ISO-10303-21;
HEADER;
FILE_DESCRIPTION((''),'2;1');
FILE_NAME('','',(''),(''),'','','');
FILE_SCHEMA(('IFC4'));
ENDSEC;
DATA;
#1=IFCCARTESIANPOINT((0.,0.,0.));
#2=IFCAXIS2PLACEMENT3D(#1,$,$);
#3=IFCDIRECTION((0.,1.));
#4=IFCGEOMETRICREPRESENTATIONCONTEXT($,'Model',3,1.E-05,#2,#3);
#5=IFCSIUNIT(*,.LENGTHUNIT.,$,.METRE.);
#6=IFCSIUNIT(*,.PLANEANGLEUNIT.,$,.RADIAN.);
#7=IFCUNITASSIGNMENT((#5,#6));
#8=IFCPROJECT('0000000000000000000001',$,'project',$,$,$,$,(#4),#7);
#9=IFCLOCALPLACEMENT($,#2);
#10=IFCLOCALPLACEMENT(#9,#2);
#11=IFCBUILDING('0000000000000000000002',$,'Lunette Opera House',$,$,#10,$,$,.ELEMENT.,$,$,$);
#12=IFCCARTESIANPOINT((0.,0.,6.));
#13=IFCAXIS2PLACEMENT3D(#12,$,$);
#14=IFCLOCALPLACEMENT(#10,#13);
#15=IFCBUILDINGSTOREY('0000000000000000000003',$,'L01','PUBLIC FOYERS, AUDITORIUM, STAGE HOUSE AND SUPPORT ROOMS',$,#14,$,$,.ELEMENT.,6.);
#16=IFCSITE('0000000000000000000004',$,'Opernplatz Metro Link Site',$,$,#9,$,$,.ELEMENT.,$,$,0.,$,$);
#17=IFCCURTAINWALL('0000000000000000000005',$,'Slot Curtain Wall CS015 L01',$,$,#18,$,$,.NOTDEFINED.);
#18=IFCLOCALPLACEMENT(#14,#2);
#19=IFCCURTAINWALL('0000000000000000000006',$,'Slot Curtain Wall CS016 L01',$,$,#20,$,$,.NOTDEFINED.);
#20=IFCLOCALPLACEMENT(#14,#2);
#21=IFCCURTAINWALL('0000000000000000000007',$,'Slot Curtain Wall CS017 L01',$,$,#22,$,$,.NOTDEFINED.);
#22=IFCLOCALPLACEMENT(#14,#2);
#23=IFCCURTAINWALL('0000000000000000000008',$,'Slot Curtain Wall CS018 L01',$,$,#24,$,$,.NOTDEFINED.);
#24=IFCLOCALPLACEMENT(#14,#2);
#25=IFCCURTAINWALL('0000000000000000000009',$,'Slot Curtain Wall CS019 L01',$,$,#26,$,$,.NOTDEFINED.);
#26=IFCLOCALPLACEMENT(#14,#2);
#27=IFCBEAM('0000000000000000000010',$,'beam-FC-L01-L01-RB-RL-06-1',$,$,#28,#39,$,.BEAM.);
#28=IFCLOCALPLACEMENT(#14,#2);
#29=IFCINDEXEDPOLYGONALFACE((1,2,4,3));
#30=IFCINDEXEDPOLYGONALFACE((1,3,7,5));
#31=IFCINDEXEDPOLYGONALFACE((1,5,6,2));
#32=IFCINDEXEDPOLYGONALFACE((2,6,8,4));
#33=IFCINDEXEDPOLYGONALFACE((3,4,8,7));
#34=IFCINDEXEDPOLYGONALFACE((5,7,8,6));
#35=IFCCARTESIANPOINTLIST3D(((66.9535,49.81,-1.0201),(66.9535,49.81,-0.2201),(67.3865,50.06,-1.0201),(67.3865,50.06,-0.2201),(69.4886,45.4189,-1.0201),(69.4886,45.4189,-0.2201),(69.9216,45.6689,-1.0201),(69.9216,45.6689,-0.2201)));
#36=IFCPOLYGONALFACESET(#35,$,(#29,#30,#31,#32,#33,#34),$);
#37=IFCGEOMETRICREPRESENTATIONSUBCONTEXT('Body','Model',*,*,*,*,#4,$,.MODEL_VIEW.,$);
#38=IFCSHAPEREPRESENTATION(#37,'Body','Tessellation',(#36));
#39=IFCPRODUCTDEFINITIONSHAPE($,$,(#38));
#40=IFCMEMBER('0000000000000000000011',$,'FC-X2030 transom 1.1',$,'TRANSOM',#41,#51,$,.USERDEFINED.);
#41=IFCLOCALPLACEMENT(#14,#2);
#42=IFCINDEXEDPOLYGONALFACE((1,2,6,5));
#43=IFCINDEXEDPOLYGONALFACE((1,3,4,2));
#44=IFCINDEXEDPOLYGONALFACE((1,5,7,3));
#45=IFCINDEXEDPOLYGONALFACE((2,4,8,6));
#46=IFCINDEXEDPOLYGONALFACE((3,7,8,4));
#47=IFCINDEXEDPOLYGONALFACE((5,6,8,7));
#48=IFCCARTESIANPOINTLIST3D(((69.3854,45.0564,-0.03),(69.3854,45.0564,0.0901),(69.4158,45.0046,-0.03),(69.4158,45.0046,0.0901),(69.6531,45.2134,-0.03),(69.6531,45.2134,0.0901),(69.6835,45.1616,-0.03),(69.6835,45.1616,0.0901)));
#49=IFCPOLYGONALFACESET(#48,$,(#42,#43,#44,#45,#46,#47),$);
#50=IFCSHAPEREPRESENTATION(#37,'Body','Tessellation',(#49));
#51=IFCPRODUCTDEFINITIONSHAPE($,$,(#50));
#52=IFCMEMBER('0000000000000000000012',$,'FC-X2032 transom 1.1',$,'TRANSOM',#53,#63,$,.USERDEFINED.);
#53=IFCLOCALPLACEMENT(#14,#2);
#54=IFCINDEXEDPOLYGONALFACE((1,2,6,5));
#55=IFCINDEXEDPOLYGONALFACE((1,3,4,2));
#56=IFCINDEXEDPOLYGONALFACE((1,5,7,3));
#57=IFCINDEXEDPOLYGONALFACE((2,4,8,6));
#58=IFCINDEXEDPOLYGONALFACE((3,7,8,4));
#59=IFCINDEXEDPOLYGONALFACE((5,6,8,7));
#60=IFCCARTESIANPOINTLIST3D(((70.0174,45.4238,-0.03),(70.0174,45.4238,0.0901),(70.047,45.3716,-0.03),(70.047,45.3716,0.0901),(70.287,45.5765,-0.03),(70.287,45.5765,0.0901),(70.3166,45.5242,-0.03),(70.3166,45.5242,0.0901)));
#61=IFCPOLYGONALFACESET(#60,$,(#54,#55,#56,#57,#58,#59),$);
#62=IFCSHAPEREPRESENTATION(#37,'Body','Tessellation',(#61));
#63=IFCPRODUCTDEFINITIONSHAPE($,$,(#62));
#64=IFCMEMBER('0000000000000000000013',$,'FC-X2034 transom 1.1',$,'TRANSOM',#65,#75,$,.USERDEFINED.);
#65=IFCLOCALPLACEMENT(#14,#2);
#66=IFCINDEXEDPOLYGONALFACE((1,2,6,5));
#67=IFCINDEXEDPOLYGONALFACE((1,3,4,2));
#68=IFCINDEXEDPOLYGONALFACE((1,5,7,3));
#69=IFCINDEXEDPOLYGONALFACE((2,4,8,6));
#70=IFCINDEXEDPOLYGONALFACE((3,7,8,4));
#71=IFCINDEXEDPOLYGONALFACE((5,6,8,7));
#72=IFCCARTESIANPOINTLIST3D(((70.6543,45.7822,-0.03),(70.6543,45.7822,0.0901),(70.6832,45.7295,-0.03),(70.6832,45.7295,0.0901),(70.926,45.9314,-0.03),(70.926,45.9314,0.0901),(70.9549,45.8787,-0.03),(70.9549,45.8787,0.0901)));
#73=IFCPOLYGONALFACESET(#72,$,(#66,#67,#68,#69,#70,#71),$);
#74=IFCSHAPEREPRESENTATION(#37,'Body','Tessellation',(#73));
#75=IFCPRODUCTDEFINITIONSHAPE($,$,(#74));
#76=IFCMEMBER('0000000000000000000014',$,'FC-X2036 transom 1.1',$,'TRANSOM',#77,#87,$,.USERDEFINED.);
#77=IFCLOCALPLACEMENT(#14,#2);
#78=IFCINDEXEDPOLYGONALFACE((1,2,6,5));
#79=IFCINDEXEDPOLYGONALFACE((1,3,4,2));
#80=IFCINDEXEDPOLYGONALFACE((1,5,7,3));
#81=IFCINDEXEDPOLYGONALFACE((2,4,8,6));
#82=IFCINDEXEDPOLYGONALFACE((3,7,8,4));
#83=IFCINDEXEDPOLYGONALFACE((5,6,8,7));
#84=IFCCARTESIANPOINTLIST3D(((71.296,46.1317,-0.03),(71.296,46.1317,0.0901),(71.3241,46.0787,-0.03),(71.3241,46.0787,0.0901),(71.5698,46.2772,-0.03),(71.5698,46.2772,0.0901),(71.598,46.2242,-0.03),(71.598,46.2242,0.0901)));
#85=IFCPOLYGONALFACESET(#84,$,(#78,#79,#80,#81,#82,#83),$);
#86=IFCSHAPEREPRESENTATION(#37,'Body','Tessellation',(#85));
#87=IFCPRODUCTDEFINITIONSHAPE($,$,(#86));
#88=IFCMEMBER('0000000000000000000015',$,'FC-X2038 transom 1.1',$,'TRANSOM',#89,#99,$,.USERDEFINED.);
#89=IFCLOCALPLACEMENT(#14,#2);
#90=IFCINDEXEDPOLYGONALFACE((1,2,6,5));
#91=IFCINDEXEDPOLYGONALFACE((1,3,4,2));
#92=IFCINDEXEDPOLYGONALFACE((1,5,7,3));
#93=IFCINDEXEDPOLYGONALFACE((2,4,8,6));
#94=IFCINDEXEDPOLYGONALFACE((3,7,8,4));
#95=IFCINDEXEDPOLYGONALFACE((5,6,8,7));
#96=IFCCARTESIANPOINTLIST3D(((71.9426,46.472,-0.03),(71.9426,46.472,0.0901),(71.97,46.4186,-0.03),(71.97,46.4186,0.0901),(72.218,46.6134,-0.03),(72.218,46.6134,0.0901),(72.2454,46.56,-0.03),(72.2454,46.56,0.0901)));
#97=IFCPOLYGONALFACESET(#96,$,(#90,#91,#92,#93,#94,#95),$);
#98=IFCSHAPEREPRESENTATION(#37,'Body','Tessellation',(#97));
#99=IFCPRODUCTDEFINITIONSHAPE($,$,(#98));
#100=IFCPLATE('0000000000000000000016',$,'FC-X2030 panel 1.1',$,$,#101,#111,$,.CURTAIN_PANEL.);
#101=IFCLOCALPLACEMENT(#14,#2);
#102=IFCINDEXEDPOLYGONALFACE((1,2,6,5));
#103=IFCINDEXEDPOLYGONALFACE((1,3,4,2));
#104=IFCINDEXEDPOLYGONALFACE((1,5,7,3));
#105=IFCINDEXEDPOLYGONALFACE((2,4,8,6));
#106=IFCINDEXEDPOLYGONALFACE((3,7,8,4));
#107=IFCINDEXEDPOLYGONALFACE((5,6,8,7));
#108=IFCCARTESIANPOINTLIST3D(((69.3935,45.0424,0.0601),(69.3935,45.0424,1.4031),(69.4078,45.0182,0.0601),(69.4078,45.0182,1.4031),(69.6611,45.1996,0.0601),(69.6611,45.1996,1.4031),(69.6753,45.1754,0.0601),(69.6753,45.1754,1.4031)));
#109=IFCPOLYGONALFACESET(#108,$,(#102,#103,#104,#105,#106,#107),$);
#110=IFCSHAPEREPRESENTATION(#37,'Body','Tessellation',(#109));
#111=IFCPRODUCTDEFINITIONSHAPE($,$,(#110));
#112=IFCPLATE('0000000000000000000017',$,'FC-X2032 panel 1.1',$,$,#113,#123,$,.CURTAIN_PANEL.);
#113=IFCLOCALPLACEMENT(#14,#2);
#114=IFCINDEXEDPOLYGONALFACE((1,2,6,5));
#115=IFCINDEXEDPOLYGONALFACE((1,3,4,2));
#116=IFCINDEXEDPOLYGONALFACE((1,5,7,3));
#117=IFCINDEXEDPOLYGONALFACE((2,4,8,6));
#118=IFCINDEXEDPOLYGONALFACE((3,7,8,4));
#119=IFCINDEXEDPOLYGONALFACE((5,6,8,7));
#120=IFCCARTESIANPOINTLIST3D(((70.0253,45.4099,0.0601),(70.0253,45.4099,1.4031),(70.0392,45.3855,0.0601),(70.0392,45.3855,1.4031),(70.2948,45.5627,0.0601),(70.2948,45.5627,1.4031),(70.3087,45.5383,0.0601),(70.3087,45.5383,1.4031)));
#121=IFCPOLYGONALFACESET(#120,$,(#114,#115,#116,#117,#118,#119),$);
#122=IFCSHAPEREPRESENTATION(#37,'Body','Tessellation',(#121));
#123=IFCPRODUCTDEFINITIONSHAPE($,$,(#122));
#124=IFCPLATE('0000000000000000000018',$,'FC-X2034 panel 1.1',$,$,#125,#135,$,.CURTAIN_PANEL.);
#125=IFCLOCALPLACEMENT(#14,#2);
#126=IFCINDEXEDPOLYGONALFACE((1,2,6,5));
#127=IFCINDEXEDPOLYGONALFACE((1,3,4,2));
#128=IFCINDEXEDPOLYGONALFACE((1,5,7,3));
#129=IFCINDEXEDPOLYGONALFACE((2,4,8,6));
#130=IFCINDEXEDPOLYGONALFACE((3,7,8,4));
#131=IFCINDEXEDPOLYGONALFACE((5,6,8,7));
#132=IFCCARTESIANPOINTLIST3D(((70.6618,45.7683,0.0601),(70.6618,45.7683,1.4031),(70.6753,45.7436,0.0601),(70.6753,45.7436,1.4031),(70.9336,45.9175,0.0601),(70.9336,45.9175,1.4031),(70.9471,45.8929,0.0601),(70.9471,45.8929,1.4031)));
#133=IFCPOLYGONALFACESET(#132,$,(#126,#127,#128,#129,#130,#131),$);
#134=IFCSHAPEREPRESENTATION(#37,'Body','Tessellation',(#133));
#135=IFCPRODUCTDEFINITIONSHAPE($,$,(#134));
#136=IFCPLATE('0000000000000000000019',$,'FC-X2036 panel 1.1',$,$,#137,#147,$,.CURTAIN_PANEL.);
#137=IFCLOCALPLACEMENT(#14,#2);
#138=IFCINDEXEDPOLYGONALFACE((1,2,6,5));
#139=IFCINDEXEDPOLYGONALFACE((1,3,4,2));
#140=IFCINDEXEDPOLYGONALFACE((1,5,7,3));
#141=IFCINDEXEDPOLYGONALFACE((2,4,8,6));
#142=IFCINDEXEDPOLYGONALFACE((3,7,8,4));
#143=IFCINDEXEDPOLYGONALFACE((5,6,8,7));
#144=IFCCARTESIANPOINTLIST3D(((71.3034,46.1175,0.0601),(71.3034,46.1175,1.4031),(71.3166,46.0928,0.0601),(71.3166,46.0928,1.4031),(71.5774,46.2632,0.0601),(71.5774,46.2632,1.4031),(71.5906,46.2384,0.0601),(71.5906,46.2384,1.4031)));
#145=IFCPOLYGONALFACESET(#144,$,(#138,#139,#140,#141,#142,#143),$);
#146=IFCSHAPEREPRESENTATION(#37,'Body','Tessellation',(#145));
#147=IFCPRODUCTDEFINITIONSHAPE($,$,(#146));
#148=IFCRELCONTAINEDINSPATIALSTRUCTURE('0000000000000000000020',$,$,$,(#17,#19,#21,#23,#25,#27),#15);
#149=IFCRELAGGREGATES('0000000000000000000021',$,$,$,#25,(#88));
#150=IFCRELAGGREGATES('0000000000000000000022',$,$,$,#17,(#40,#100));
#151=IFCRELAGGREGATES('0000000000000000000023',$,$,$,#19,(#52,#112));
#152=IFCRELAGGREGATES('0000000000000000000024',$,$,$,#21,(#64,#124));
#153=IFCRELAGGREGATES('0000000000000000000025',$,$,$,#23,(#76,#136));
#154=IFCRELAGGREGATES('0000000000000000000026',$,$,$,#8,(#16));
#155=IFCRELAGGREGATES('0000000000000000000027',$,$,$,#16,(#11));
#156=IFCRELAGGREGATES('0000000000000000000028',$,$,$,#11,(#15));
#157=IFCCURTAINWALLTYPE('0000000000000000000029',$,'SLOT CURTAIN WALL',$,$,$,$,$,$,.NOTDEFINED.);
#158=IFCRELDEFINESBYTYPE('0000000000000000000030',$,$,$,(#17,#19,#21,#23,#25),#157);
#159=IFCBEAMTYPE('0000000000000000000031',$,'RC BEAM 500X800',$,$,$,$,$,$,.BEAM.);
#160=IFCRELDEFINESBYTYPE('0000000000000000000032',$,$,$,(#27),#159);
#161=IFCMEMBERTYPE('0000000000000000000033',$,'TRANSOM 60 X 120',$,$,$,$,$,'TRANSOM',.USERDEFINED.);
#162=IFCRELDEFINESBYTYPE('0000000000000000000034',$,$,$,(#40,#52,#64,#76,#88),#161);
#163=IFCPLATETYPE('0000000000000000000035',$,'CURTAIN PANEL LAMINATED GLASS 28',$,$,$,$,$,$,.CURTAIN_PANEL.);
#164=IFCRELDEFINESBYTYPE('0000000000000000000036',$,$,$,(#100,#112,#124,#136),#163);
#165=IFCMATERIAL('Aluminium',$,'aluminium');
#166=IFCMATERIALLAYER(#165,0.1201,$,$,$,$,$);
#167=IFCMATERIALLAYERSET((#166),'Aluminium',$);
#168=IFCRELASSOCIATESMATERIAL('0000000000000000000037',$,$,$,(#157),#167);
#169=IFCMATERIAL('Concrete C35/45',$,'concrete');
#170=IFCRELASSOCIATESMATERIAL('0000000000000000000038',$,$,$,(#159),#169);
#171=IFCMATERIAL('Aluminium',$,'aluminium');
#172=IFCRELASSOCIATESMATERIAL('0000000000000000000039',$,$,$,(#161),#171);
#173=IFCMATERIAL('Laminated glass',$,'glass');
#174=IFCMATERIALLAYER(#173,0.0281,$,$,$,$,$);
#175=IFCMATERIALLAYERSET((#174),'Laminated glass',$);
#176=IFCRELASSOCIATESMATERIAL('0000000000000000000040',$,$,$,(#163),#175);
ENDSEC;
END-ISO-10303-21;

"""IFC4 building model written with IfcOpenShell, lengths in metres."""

from ifc_helpers import new_model, si_unit, direction, frame, origin, origin_2d, place, context, subcontext, project, spatial, rectangle, extrude, material, layer, layer_set, material_profile, profile_set, type_object, element, aggregate, save


model = new_model("IFC4")

# Units and contexts
model_context = context("Model", 3, precision=1e-05, world=origin(), true_north=direction((0.0, 1.0)))
body_context = subcontext(model_context, "Body", "Model", "MODEL_VIEW")
ifc_project = project(units=[si_unit("LENGTHUNIT", "METRE"), si_unit("PLANEANGLEUNIT", "RADIAN")], contexts=[model_context])

# Site, building, storey
site_placement = place(None, origin())
site = spatial("IfcSite", under=ifc_project, at=site_placement, Name="Opernplatz Metro Link Site", CompositionType="ELEMENT", RefElevation=0.0)
building_placement = place(site_placement, origin())
building = spatial("IfcBuilding", under=site, at=building_placement, Name="Lunette Opera House", CompositionType="ELEMENT")
storey_placement = place(building_placement, frame((0.0, 0.0, 6.0)))
storey = spatial("IfcBuildingStorey", under=building, at=storey_placement, Name="L01", Description="PUBLIC FOYERS, AUDITORIUM, STAGE HOUSE AND SUPPORT ROOMS", CompositionType="ELEMENT", Elevation=6.0)

# Shared definitions
ifc_material_1 = material(Name="Aluminium", Category="aluminium")
ifc_layer_1 = layer(ifc_material_1, 0.1201)
ifc_layer_set_1 = layer_set([ifc_layer_1], Name="Aluminium")
curtain_wall_type = type_object("IfcCurtainWallType", Name="SLOT CURTAIN WALL", PredefinedType="NOTDEFINED", material=ifc_layer_set_1)

# Curtain walls
curtain_wall_1_placement = place(storey_placement, origin())
curtain_wall_1 = element("IfcCurtainWall", 1, at=curtain_wall_1_placement, inside=storey, type_object=curtain_wall_type, Name="Slot Curtain Wall CS015 L01", PredefinedType="NOTDEFINED")
curtain_wall_2_placement = place(storey_placement, origin())
curtain_wall_2 = element("IfcCurtainWall", 2, at=curtain_wall_2_placement, inside=storey, type_object=curtain_wall_type, Name="Slot Curtain Wall CS016 L01", PredefinedType="NOTDEFINED")
curtain_wall_3_placement = place(storey_placement, origin())
curtain_wall_3 = element("IfcCurtainWall", 3, at=curtain_wall_3_placement, inside=storey, type_object=curtain_wall_type, Name="Slot Curtain Wall CS017 L01", PredefinedType="NOTDEFINED")
curtain_wall_4_placement = place(storey_placement, origin())
curtain_wall_4 = element("IfcCurtainWall", 4, at=curtain_wall_4_placement, inside=storey, type_object=curtain_wall_type, Name="Slot Curtain Wall CS018 L01", PredefinedType="NOTDEFINED")
curtain_wall_5_placement = place(storey_placement, origin())
curtain_wall_5 = element("IfcCurtainWall", 5, at=curtain_wall_5_placement, inside=storey, type_object=curtain_wall_type, Name="Slot Curtain Wall CS019 L01", PredefinedType="NOTDEFINED")

# Beam
ifc_material_2 = material(Name="Concrete C35/45", Category="concrete")
ifc_material_profile_1 = material_profile(ifc_material_2, rectangle(XDim=0.5, YDim=0.8, at=origin_2d()), Name="RC BEAM 500X800")
ifc_profile_set_1 = profile_set([ifc_material_profile_1], Name="Concrete C35/45")
beam_type = type_object("IfcBeamType", Name="RC BEAM 500X800", PredefinedType="BEAM", material=ifc_profile_set_1)
beam_placement = place(storey_placement, frame((69.7051, 45.5439, -0.6201), z_axis=(-0.499992, 0.86603, 0.0), x_axis=(-0.86603, -0.499992, 0.0)))
element("IfcBeam", 6, at=beam_placement, inside=storey, type_object=beam_type, Name="beam-FC-L01-L01-RB-RL-06-1", PredefinedType="BEAM", context=body_context, shape_type="SweptSolid", body=[
    extrude(rectangle(XDim=0.5, YDim=0.8, at=origin_2d()), origin(), (0.0, 0.0, 1.0), 5.0703),
])

# Members
ifc_material_3 = material(Name="Aluminium", Category="aluminium")
ifc_material_profile_2 = material_profile(ifc_material_3, rectangle(XDim=0.0601, YDim=0.1201, at=origin_2d()), Name="TRANSOM 60 X 120")
ifc_profile_set_2 = profile_set([ifc_material_profile_2], Name="Aluminium")
member_type_1 = type_object("IfcMemberType", Name="TRANSOM 60 X 120", ElementType="TRANSOM", PredefinedType="USERDEFINED", material=ifc_profile_set_2)
member_1_placement = place(storey_placement, frame((69.4006, 45.0305, 0.03), z_axis=(0.86252, 0.506022, 0.0), x_axis=(-0.506022, 0.86252, 0.0)))
member_1 = element("IfcMember", 7, at=member_1_placement, type_object=member_type_1, Name="FC-X2030 transom 1.1", ObjectType="TRANSOM", PredefinedType="USERDEFINED", context=body_context, shape_type="SweptSolid", body=[
    extrude(rectangle(XDim=0.0601, YDim=0.1201, at=origin_2d()), origin(), (0.0, 0.0, 1.0), 0.3103),
])
member_2_placement = place(storey_placement, frame((70.0322, 45.3977, 0.03), z_axis=(0.870225, 0.492655, 0.0), x_axis=(-0.492655, 0.870225, 0.0)))
member_2 = element("IfcMember", 8, at=member_2_placement, type_object=member_type_1, Name="FC-X2032 transom 1.1", ObjectType="TRANSOM", PredefinedType="USERDEFINED", context=body_context, shape_type="SweptSolid", body=[
    extrude(rectangle(XDim=0.0601, YDim=0.1201, at=origin_2d()), origin(), (0.0, 0.0, 1.0), 0.3098),
])
member_3_placement = place(storey_placement, frame((70.6687, 45.7559, 0.03), z_axis=(0.876598, 0.481223, 0.0), x_axis=(-0.481223, 0.876598, 0.0)))
member_3 = element("IfcMember", 9, at=member_3_placement, type_object=member_type_1, Name="FC-X2034 transom 1.1", ObjectType="TRANSOM", PredefinedType="USERDEFINED", context=body_context, shape_type="SweptSolid", body=[
    extrude(rectangle(XDim=0.0601, YDim=0.1201, at=origin_2d()), origin(), (0.0, 0.0, 1.0), 0.3101),
])
member_4_placement = place(storey_placement, frame((71.3101, 46.1052, 0.03), z_axis=(0.883136, 0.469117, 0.0), x_axis=(-0.469117, 0.883136, 0.0)))
member_4 = element("IfcMember", 10, at=member_4_placement, type_object=member_type_1, Name="FC-X2036 transom 1.1", ObjectType="TRANSOM", PredefinedType="USERDEFINED", context=body_context, shape_type="SweptSolid", body=[
    extrude(rectangle(XDim=0.0601, YDim=0.1201, at=origin_2d()), origin(), (0.0, 0.0, 1.0), 0.3101),
])
member_5_placement = place(storey_placement, frame((71.9563, 46.4453, 0.03), z_axis=(0.889645, 0.456653, 0.0), x_axis=(-0.456653, 0.889645, 0.0)))
member_5 = element("IfcMember", 11, at=member_5_placement, type_object=member_type_1, Name="FC-X2038 transom 1.1", ObjectType="TRANSOM", PredefinedType="USERDEFINED", context=body_context, shape_type="SweptSolid", body=[
    extrude(rectangle(XDim=0.0601, YDim=0.1201, at=origin_2d()), origin(), (0.0, 0.0, 1.0), 0.3096),
])
aggregate(curtain_wall_5, [member_5])

# Plates
ifc_material_4 = material(Name="Laminated glass", Category="glass")
ifc_layer_2 = layer(ifc_material_4, 0.0281)
ifc_layer_set_2 = layer_set([ifc_layer_2], Name="Laminated glass")
plate_type = type_object("IfcPlateType", Name="CURTAIN PANEL LAMINATED GLASS 28", PredefinedType="CURTAIN_PANEL", material=ifc_layer_set_2)
plate_1_placement = place(storey_placement, frame((69.5344, 45.1089, 0.0601), z_axis=(0.0, 0.0, 1.0), x_axis=(0.862173, 0.506614, 0.0)))
plate_1 = element("IfcPlate", 12, at=plate_1_placement, type_object=plate_type, Name="FC-X2030 panel 1.1", PredefinedType="CURTAIN_PANEL", context=body_context, shape_type="SweptSolid", body=[
    extrude(rectangle(XDim=0.3103, YDim=0.0281, at=origin_2d()), origin(), (0.0, 0.0, 1.0), 1.343),
])
aggregate(curtain_wall_1, [member_1, plate_1])
plate_2_placement = place(storey_placement, frame((70.167, 45.4741, 0.0601), z_axis=(0.0, 0.0, 1.0), x_axis=(0.869956, 0.49313, 0.0)))
plate_2 = element("IfcPlate", 13, at=plate_2_placement, type_object=plate_type, Name="FC-X2032 panel 1.1", PredefinedType="CURTAIN_PANEL", context=body_context, shape_type="SweptSolid", body=[
    extrude(rectangle(XDim=0.3098, YDim=0.0281, at=origin_2d()), origin(), (0.0, 0.0, 1.0), 1.343),
])
aggregate(curtain_wall_2, [member_2, plate_2])
plate_3_placement = place(storey_placement, frame((70.8044, 45.8306, 0.0601), z_axis=(0.0, 0.0, 1.0), x_axis=(0.876559, 0.481294, 0.0)))
plate_3 = element("IfcPlate", 14, at=plate_3_placement, type_object=plate_type, Name="FC-X2034 panel 1.1", PredefinedType="CURTAIN_PANEL", context=body_context, shape_type="SweptSolid", body=[
    extrude(rectangle(XDim=0.3101, YDim=0.0281, at=origin_2d()), origin(), (0.0, 0.0, 1.0), 1.343),
])
aggregate(curtain_wall_3, [member_3, plate_3])
plate_4_placement = place(storey_placement, frame((71.447, 46.178, 0.0601), z_axis=(0.0, 0.0, 1.0), x_axis=(0.882995, 0.469382, 0.0)))
plate_4 = element("IfcPlate", 15, at=plate_4_placement, type_object=plate_type, Name="FC-X2036 panel 1.1", PredefinedType="CURTAIN_PANEL", context=body_context, shape_type="SweptSolid", body=[
    extrude(rectangle(XDim=0.3103, YDim=0.0281, at=origin_2d()), origin(), (0.0, 0.0, 1.0), 1.343),
])
aggregate(curtain_wall_4, [member_4, plate_4])

save(model, "model.ifc")
